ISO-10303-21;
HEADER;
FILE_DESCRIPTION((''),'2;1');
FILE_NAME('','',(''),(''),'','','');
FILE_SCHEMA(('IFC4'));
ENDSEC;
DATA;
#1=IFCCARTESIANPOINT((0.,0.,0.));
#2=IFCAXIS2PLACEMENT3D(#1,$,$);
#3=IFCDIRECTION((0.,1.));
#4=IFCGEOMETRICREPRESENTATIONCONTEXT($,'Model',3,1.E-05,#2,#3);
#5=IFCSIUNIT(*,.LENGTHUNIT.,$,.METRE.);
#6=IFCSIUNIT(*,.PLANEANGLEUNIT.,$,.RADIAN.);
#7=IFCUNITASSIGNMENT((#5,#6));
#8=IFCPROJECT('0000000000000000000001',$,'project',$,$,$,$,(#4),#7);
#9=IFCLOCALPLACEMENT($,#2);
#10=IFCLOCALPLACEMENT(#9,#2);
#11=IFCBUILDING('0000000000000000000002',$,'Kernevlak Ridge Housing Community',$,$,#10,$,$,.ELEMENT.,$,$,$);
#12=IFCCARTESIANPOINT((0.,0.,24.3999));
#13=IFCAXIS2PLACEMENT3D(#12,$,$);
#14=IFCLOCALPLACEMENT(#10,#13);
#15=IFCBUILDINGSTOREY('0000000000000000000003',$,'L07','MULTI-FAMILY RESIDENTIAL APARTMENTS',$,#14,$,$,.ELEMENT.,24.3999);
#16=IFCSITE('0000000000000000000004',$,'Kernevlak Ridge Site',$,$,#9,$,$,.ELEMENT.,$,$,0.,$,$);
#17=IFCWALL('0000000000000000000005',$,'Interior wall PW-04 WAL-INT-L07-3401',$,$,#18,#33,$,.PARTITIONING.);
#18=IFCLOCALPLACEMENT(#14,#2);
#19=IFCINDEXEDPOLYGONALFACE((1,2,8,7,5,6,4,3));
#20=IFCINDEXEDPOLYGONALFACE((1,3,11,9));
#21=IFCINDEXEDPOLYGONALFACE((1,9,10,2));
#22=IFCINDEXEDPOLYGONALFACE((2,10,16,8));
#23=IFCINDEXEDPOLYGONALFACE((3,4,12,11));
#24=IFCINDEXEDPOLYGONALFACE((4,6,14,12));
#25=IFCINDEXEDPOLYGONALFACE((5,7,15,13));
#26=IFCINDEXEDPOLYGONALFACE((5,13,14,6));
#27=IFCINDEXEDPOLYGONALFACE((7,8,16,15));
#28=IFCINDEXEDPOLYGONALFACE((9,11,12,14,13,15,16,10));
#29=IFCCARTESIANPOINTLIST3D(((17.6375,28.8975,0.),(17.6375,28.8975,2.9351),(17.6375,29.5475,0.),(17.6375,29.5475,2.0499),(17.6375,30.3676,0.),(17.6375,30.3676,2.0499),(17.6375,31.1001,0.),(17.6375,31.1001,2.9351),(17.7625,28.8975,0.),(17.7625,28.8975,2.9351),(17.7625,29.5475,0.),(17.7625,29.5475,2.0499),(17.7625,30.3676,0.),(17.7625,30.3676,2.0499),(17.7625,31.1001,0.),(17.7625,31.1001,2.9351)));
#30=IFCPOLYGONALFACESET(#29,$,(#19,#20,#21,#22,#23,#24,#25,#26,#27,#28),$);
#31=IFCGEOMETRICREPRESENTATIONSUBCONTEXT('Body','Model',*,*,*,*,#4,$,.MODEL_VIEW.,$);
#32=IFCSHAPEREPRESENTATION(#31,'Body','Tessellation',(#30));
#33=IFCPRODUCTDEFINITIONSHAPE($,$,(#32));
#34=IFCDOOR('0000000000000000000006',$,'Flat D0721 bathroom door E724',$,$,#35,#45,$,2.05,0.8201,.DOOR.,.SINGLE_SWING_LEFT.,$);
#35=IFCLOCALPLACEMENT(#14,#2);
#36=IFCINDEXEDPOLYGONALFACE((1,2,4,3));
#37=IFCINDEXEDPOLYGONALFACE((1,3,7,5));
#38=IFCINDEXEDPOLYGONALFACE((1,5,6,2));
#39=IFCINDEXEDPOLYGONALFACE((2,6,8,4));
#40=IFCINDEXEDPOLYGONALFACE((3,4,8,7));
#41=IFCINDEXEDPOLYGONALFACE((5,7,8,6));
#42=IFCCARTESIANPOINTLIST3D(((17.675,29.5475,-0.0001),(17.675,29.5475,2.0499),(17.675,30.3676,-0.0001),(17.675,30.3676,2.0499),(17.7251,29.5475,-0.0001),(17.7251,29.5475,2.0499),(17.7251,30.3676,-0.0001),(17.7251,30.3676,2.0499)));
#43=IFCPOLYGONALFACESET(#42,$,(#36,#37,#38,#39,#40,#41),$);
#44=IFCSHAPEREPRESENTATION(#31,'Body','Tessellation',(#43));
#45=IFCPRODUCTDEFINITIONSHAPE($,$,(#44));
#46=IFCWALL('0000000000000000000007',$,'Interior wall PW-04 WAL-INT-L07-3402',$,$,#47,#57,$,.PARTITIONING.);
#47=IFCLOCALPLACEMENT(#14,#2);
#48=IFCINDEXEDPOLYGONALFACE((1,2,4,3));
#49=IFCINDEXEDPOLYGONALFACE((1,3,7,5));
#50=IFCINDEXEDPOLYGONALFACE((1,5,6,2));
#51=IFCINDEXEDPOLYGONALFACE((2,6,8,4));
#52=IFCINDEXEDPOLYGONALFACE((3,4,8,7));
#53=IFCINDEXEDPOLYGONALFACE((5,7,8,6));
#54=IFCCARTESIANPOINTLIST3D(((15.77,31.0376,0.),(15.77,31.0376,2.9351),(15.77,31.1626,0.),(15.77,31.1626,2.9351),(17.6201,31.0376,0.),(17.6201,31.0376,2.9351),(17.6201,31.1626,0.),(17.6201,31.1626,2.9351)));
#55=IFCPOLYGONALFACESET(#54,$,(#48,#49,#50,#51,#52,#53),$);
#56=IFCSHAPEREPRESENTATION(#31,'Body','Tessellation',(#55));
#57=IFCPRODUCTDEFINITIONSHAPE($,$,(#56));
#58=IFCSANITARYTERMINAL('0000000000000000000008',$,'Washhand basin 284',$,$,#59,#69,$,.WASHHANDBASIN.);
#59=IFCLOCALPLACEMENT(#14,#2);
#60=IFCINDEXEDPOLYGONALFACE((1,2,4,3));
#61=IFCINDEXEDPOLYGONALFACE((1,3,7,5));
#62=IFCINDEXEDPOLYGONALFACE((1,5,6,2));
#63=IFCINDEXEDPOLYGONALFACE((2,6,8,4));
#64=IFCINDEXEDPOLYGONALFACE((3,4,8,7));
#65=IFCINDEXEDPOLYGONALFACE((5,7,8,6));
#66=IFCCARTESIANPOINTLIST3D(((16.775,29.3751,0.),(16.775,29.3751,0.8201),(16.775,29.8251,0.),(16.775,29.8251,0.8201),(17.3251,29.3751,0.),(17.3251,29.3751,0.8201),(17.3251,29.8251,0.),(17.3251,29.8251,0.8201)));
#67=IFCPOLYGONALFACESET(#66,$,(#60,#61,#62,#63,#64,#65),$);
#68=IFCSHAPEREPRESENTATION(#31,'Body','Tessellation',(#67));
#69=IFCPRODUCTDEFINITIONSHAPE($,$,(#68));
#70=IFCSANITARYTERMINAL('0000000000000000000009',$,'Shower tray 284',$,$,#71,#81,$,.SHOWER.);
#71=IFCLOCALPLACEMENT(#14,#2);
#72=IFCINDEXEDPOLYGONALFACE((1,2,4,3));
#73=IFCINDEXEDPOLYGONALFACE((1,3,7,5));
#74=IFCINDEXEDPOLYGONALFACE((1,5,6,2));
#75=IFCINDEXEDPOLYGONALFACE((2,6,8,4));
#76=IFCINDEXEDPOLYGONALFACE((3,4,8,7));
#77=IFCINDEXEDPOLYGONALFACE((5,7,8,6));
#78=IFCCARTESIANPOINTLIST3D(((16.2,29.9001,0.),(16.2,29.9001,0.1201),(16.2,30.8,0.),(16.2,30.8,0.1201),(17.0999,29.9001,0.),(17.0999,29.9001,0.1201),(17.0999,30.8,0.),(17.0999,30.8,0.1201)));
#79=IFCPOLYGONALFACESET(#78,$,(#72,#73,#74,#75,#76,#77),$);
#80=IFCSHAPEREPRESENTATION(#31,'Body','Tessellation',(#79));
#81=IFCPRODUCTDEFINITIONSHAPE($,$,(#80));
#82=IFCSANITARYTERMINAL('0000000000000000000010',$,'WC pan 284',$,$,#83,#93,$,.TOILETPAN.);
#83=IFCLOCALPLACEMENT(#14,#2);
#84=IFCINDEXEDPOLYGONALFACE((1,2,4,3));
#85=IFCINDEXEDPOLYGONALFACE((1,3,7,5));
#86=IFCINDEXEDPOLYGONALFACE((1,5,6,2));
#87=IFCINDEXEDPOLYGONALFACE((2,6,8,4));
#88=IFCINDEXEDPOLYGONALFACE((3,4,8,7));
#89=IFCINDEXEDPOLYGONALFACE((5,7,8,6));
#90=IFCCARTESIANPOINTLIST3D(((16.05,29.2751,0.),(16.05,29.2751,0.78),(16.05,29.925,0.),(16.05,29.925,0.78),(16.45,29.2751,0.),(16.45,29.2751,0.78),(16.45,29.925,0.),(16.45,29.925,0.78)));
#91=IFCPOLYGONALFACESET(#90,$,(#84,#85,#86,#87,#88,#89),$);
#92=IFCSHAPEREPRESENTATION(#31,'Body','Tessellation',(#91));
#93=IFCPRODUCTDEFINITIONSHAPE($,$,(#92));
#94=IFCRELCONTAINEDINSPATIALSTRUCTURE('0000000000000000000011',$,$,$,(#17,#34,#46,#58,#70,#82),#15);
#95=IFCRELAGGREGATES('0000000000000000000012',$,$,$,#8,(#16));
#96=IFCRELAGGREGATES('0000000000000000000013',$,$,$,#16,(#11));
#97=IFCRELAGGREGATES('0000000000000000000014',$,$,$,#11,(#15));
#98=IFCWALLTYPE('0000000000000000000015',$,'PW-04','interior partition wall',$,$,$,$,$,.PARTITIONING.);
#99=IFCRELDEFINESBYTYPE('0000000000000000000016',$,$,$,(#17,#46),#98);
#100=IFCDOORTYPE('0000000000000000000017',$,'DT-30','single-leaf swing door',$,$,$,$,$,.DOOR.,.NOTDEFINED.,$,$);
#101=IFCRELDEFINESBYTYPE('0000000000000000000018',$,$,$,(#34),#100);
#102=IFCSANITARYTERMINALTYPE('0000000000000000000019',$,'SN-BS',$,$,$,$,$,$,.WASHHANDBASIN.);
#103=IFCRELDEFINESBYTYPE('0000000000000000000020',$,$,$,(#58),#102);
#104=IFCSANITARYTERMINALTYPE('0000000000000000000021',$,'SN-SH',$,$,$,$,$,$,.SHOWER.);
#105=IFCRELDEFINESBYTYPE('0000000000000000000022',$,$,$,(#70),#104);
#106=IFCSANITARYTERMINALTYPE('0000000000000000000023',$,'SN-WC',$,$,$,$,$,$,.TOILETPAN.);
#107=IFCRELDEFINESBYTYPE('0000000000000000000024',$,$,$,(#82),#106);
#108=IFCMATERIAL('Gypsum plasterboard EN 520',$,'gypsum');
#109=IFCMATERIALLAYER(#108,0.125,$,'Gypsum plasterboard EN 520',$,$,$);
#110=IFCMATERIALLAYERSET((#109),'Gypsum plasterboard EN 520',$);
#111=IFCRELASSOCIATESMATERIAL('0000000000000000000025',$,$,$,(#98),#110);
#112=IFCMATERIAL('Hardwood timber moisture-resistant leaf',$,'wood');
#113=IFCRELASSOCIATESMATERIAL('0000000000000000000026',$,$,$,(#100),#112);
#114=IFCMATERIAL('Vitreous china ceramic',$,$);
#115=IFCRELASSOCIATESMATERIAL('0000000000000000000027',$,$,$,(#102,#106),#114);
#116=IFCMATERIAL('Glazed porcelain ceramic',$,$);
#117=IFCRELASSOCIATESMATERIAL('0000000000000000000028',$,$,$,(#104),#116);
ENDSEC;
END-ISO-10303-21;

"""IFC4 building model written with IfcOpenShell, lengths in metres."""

from ifc_helpers import new_model, si_unit, direction, frame, frame_2d, origin, origin_2d, place, context, subcontext, project, spatial, rectangle, extrude, material, layer, layer_set, type_object, element, fill, save


model = new_model("IFC4")

# Units and contexts
model_context = context("Model", 3, precision=1e-05, world=origin(), true_north=direction((0.0, 1.0)))
body_context = subcontext(model_context, "Body", "Model", "MODEL_VIEW")
ifc_project = project(units=[si_unit("LENGTHUNIT", "METRE"), si_unit("PLANEANGLEUNIT", "RADIAN")], contexts=[model_context])

# Site, building, storey
site_placement = place(None, origin())
site = spatial("IfcSite", under=ifc_project, at=site_placement, Name="Kernevlak Ridge Site", CompositionType="ELEMENT", RefElevation=0.0)
building_placement = place(site_placement, origin())
building = spatial("IfcBuilding", under=site, at=building_placement, Name="Kernevlak Ridge Housing Community", CompositionType="ELEMENT")
storey_placement = place(building_placement, frame((0.0, 0.0, 24.3999)))
storey = spatial("IfcBuildingStorey", under=building, at=storey_placement, Name="L07", Description="MULTI-FAMILY RESIDENTIAL APARTMENTS", CompositionType="ELEMENT", Elevation=24.3999)

# Wall, opening, door
ifc_material_1 = material(Name="Gypsum plasterboard EN 520", Category="gypsum")
ifc_layer_1 = layer(ifc_material_1, 0.125, Name="Gypsum plasterboard EN 520")
ifc_layer_set_1 = layer_set([ifc_layer_1], Name="Gypsum plasterboard EN 520")
wall_type_1 = type_object("IfcWallType", Name="PW-04", Description="interior partition wall", PredefinedType="PARTITIONING", material=ifc_layer_set_1)
wall_1_placement = place(storey_placement, frame((17.7, 28.8975, 0.0), z_axis=(0.0, 0.0, 1.0), x_axis=(0.0, 1.0, 0.0)))
wall_1 = element("IfcWall", 1, at=wall_1_placement, inside=storey, type_object=wall_type_1, Name="Interior wall PW-04 WAL-INT-L07-3401", PredefinedType="PARTITIONING", context=body_context, shape_type="SweptSolid", body=[
    extrude(rectangle(XDim=2.2026, YDim=0.125, at=frame_2d((1.1013, 0.0))), origin(), (0.0, 0.0, 1.0), 2.9351),
])
opening_1_placement = place(wall_1_placement, frame((0.6499, 0.0, 0.0)))
opening_1 = element("IfcOpeningElement", 2, at=opening_1_placement, cuts=wall_1, PredefinedType="OPENING", context=body_context, shape_type="SweptSolid", body=[
    extrude(rectangle(XDim=0.8201, YDim=2.05, at=frame_2d((0.4102, 1.0249))), frame((0.0, 0.0725, 0.0), z_axis=(0.0, -1.0, 0.0), x_axis=(1.0, 0.0, 0.0)), (0.0, 0.0, 1.0), 0.145),
])
ifc_material_2 = material(Name="Hardwood timber moisture-resistant leaf", Category="wood")
door_type_1 = type_object("IfcDoorType", Name="DT-30", Description="single-leaf swing door", OperationType="NOTDEFINED", PredefinedType="DOOR", material=ifc_material_2)
door_1_placement = place(opening_1_placement, origin())
door_1 = element("IfcDoor", 3, at=door_1_placement, inside=storey, type_object=door_type_1, Name="Flat D0721 bathroom door E724", OperationType="SINGLE_SWING_LEFT", OverallHeight=2.05, OverallWidth=0.8201, PredefinedType="DOOR", context=body_context, shape_type="SweptSolid", body=[
    extrude(rectangle(XDim=0.8201, YDim=2.05, at=frame_2d((0.4102, 1.0249))), frame((0.0, 0.0249, 0.0), z_axis=(0.0, -1.0, 0.0), x_axis=(1.0, 0.0, 0.0)), (0.0, 0.0, 1.0), 0.05),
])
fill(opening_1, door_1)

# Wall
wall_2_placement = place(storey_placement, frame((15.77, 31.1001, 0.0), z_axis=(0.0, 0.0, 1.0), x_axis=(1.0, 0.0, 0.0)))
element("IfcWall", 4, at=wall_2_placement, inside=storey, type_object=wall_type_1, Name="Interior wall PW-04 WAL-INT-L07-3402", PredefinedType="PARTITIONING", context=body_context, shape_type="SweptSolid", body=[
    extrude(rectangle(XDim=1.8501, YDim=0.125, at=frame_2d((0.925, 0.0))), origin(), (0.0, 0.0, 1.0), 2.9351),
])

# Sanitary terminals
ifc_material_3 = material(Name="Vitreous china ceramic")
sanitary_terminal_type_1 = type_object("IfcSanitaryTerminalType", Name="SN-BS", PredefinedType="WASHHANDBASIN", material=ifc_material_3)
sanitary_terminal_1_placement = place(storey_placement, frame((17.05, 29.6001, 0.0), z_axis=(0.0, 0.0, 1.0), x_axis=(1.0, 0.0, 0.0)))
element("IfcSanitaryTerminal", 5, at=sanitary_terminal_1_placement, inside=storey, type_object=sanitary_terminal_type_1, Name="Washhand basin 284", PredefinedType="WASHHANDBASIN", context=body_context, shape_type="SweptSolid", body=[
    extrude(rectangle(XDim=0.55, YDim=0.45, at=origin_2d()), origin(), (0.0, 0.0, 1.0), 0.8201),
])
ifc_material_4 = material(Name="Glazed porcelain ceramic")
sanitary_terminal_type_2 = type_object("IfcSanitaryTerminalType", Name="SN-SH", PredefinedType="SHOWER", material=ifc_material_4)
sanitary_terminal_2_placement = place(storey_placement, frame((16.6499, 30.3501, 0.0), z_axis=(0.0, 0.0, 1.0), x_axis=(1.0, 0.0, 0.0)))
element("IfcSanitaryTerminal", 6, at=sanitary_terminal_2_placement, inside=storey, type_object=sanitary_terminal_type_2, Name="Shower tray 284", PredefinedType="SHOWER", context=body_context, shape_type="SweptSolid", body=[
    extrude(rectangle(XDim=0.8999, YDim=0.8999, at=origin_2d()), origin(), (0.0, 0.0, 1.0), 0.1201),
])
sanitary_terminal_type_3 = type_object("IfcSanitaryTerminalType", Name="SN-WC", PredefinedType="TOILETPAN", material=ifc_material_3)
sanitary_terminal_3_placement = place(storey_placement, frame((16.25, 29.6001, 0.0), z_axis=(0.0, 0.0, 1.0), x_axis=(1.0, 0.0, 0.0)))
element("IfcSanitaryTerminal", 7, at=sanitary_terminal_3_placement, inside=storey, type_object=sanitary_terminal_type_3, Name="WC pan 284", PredefinedType="TOILETPAN", context=body_context, shape_type="SweptSolid", body=[
    extrude(rectangle(XDim=0.3999, YDim=0.6499, at=origin_2d()), origin(), (0.0, 0.0, 1.0), 0.78),
])

save(model, "model.ifc")
